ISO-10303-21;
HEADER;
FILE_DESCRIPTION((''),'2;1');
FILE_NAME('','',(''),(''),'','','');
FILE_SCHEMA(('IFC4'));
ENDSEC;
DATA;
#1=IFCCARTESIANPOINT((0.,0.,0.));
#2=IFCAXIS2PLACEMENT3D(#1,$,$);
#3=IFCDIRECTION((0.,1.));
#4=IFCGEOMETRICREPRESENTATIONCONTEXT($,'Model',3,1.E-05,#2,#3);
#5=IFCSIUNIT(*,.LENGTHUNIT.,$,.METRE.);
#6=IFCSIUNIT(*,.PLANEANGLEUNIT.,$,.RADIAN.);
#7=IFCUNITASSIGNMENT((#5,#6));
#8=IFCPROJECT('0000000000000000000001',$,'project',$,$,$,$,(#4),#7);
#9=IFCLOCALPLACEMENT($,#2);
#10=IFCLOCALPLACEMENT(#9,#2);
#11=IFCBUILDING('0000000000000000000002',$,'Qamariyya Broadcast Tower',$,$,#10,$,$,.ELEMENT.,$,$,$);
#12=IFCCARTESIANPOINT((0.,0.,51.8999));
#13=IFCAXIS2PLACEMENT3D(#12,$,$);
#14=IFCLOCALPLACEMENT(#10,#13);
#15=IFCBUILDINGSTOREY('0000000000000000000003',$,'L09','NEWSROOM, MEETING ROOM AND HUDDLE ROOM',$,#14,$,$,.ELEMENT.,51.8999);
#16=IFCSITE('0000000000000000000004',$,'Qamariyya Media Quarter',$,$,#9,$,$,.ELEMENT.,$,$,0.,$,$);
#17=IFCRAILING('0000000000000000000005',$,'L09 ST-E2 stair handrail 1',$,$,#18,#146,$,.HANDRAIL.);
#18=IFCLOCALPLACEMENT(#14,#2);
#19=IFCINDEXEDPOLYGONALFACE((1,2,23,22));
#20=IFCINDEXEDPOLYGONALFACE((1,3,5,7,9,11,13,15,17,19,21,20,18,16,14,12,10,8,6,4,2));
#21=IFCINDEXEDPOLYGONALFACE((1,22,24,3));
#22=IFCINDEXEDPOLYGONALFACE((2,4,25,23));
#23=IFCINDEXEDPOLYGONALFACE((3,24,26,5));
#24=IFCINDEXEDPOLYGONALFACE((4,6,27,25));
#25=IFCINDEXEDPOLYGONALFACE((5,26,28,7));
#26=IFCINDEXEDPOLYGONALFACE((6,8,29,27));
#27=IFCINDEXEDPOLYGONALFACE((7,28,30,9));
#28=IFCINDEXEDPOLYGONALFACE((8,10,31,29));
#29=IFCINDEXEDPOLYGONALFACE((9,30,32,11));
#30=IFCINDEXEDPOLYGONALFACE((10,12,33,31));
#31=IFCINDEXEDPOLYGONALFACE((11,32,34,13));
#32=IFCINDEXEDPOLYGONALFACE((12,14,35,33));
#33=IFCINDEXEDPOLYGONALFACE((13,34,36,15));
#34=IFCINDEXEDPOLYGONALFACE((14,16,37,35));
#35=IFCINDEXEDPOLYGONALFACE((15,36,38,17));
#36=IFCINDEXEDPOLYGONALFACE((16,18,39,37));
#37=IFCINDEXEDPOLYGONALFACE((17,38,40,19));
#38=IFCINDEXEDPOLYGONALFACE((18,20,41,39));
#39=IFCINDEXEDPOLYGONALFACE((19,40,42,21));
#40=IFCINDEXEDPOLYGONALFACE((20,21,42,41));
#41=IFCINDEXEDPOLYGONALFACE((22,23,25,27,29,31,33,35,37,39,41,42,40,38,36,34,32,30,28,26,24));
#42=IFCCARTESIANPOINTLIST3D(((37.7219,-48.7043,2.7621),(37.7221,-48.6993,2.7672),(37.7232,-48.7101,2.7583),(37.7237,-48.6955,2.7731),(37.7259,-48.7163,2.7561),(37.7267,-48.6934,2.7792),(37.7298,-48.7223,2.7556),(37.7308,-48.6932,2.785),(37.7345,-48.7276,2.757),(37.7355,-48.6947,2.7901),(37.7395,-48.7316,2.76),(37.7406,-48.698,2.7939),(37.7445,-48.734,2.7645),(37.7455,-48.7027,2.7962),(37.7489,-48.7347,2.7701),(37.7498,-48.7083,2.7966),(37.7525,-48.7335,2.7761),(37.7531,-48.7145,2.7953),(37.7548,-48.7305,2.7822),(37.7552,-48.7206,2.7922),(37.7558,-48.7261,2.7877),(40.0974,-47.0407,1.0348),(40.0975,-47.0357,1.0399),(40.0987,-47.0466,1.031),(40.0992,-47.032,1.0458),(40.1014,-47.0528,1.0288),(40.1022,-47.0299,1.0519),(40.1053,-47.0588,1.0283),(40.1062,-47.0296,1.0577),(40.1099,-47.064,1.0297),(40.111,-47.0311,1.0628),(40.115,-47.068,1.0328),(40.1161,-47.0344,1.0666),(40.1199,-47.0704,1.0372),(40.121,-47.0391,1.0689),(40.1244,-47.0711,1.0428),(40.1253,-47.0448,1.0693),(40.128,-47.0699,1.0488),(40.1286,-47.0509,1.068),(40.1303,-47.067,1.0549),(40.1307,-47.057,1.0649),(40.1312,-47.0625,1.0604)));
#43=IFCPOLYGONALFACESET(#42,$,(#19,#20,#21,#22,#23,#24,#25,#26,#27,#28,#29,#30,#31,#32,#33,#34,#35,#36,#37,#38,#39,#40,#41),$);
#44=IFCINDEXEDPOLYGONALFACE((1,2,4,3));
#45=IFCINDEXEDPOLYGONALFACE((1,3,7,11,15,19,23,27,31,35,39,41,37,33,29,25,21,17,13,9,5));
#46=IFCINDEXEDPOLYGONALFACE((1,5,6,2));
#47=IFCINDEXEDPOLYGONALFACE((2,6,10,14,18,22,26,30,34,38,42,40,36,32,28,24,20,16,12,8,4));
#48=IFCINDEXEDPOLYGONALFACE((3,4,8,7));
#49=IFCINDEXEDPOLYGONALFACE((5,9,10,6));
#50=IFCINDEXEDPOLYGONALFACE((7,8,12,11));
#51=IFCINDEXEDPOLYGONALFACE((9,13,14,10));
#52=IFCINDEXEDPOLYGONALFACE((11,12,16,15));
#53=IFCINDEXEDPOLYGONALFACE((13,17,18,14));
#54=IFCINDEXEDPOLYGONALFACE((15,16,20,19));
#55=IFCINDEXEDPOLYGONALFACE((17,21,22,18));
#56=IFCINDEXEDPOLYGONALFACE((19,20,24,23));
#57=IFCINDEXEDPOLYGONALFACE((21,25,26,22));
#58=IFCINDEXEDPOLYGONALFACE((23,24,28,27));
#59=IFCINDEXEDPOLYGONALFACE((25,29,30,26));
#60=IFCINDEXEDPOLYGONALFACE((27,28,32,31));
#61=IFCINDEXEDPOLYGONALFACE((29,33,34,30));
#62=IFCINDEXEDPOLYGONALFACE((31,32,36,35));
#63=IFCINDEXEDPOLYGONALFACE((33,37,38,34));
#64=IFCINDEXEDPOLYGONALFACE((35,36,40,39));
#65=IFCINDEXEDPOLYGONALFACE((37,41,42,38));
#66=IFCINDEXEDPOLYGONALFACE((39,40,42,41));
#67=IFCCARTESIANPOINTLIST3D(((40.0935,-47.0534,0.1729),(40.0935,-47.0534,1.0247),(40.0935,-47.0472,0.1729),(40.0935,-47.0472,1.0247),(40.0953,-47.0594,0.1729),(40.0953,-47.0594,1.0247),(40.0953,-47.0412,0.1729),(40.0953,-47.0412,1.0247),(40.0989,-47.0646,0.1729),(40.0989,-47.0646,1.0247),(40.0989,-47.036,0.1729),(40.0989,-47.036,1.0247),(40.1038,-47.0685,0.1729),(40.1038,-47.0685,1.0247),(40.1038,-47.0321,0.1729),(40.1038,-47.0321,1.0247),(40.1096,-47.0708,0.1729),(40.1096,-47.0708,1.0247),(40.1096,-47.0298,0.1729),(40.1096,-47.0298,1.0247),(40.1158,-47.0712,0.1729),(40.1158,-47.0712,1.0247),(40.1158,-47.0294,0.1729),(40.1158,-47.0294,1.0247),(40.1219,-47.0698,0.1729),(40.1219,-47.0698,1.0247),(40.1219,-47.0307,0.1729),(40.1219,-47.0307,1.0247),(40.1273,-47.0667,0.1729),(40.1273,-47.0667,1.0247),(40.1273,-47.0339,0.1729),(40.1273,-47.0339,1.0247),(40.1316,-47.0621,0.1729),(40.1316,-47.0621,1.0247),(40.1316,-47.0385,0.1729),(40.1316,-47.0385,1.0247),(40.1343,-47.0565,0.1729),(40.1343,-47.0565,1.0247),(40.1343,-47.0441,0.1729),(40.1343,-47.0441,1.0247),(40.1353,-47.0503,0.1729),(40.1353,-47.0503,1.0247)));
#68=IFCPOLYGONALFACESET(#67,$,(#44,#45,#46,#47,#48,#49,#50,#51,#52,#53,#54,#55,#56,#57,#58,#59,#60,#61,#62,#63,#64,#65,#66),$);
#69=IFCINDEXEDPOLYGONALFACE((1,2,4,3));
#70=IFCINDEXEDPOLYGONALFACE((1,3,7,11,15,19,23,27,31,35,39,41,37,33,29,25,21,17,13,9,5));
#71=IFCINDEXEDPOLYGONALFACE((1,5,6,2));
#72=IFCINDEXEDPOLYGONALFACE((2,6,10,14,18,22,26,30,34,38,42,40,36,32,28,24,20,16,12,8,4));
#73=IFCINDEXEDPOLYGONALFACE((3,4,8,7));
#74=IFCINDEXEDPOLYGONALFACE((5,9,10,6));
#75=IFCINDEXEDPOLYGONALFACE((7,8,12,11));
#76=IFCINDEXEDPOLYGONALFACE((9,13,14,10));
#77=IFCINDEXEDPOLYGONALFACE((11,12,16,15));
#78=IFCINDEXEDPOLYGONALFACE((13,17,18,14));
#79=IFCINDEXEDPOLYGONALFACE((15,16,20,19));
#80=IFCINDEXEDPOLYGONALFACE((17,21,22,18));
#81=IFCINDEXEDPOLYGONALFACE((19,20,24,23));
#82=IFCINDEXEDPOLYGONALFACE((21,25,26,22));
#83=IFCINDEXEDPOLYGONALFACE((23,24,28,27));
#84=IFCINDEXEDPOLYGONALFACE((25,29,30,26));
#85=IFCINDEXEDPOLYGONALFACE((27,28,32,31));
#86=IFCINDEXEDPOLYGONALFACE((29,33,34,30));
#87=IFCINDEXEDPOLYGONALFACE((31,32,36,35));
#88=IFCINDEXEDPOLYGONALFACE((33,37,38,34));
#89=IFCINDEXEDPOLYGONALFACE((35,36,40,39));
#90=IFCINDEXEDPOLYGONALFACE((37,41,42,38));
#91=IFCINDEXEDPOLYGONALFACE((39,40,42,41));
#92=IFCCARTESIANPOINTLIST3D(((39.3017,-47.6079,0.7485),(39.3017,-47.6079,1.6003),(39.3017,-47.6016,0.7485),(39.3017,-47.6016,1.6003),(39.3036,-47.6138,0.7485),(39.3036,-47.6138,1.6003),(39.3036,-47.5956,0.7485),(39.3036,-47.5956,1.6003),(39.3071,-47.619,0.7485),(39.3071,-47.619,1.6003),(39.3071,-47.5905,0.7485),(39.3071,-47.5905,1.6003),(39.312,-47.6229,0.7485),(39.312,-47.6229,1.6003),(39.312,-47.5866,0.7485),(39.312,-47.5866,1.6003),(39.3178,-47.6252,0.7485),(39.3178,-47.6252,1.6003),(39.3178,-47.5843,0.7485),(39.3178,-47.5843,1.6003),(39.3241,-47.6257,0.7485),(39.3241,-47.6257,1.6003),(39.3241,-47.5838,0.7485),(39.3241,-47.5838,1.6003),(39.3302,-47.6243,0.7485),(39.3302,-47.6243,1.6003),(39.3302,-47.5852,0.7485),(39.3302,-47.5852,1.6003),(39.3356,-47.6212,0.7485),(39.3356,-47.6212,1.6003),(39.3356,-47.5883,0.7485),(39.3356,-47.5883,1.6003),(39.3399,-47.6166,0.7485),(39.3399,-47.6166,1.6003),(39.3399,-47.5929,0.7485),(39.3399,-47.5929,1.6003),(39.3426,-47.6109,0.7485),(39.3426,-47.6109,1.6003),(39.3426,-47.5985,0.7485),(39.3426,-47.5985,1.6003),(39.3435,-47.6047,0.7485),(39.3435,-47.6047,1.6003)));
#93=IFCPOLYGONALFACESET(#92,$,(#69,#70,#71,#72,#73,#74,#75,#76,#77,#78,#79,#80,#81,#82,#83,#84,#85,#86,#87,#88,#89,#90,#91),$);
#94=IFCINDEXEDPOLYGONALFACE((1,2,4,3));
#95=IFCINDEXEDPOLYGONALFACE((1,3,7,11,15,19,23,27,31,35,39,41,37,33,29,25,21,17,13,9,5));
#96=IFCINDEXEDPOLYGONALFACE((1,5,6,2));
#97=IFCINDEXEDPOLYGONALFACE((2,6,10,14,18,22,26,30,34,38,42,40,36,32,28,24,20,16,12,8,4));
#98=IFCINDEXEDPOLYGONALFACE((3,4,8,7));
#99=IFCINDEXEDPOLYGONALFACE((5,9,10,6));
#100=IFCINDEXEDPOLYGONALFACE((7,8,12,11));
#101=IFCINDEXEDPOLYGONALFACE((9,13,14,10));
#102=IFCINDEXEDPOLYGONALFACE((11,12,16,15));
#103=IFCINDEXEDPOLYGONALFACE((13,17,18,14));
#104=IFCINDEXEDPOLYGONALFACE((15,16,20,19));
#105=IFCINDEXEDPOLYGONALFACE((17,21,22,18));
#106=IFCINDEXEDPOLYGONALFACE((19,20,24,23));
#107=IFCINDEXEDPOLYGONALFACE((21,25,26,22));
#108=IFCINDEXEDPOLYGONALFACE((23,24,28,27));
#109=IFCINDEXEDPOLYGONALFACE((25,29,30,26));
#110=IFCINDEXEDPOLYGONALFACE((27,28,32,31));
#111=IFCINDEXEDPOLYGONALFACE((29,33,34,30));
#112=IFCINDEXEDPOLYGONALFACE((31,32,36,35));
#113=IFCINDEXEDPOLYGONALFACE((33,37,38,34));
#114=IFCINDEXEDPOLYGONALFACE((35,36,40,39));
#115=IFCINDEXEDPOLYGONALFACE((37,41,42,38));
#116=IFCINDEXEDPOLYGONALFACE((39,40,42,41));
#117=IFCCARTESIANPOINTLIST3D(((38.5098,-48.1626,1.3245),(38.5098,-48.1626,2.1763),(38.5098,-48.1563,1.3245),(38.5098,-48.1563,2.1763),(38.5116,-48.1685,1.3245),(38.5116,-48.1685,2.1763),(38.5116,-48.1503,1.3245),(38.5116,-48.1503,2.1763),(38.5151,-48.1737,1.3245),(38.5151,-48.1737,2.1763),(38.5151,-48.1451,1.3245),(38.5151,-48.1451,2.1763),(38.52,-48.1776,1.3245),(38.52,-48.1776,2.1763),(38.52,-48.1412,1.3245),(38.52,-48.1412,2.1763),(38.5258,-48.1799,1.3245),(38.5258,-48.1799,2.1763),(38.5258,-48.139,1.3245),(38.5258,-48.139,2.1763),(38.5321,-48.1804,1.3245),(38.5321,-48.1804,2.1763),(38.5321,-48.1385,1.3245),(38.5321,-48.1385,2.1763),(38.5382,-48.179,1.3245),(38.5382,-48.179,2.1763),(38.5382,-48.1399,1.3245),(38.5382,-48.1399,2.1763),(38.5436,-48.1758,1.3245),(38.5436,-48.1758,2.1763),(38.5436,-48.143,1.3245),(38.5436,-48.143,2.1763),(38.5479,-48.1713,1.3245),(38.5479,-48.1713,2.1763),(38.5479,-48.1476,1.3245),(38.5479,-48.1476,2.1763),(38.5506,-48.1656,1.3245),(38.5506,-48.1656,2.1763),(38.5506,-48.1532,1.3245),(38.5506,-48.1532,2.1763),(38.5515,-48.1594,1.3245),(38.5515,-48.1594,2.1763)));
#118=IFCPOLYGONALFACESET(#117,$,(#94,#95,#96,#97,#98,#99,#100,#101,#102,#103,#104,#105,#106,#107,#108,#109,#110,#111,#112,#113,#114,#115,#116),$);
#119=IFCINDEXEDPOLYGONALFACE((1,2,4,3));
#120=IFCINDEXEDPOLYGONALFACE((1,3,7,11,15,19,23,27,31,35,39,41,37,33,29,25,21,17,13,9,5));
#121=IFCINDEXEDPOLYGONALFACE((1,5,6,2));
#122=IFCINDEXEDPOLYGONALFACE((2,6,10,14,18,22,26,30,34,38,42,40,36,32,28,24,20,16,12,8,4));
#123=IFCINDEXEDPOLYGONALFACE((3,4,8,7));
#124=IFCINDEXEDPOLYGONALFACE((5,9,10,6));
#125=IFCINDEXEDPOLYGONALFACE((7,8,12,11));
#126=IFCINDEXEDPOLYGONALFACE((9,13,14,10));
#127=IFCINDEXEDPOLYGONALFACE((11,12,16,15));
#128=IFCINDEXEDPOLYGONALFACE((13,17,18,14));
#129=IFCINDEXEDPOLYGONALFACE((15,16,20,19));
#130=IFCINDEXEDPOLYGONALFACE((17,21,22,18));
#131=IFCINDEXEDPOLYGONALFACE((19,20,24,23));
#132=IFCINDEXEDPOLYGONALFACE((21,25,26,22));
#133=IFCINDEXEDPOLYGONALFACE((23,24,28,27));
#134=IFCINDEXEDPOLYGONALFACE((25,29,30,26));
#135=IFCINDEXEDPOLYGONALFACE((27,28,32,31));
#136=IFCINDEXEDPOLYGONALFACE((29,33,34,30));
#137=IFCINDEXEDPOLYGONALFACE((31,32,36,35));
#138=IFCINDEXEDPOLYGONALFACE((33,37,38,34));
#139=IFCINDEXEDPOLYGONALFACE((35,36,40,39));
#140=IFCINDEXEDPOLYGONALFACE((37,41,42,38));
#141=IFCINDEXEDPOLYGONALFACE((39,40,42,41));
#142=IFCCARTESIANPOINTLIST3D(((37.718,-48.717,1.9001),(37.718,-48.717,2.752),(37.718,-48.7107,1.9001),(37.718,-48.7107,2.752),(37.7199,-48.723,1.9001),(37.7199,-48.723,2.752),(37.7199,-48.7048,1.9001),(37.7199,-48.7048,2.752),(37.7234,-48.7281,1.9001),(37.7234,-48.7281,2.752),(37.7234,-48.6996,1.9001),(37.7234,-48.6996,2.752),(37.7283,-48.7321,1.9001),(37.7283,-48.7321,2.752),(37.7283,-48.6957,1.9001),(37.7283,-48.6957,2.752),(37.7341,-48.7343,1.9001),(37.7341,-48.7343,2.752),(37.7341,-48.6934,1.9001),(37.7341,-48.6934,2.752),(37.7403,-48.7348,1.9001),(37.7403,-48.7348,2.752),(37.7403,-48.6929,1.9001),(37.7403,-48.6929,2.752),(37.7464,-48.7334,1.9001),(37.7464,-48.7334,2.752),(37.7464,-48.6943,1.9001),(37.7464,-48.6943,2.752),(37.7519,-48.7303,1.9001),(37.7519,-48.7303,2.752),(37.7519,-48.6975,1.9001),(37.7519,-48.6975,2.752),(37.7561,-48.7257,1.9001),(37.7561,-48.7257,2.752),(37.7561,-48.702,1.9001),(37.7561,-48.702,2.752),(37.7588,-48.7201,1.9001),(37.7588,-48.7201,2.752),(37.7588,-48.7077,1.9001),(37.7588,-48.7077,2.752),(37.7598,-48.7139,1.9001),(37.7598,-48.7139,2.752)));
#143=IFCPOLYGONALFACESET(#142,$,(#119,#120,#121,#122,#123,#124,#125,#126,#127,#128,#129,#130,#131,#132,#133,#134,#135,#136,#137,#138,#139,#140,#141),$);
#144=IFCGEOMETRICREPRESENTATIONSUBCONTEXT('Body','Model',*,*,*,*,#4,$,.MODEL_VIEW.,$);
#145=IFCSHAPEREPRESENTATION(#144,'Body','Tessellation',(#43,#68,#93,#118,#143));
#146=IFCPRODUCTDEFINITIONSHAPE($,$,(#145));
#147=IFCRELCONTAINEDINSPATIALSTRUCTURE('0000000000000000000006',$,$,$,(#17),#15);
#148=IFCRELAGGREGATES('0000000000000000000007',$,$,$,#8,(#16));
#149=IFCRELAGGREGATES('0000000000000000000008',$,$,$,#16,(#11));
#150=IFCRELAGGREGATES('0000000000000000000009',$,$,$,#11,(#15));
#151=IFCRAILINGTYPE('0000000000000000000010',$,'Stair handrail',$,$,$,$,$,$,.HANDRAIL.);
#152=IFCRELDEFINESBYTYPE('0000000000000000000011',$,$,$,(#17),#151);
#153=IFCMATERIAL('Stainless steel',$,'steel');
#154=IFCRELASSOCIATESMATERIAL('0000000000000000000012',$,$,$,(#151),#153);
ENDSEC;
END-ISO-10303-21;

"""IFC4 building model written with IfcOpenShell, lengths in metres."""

from ifc_helpers import new_model, si_unit, direction, frame, origin, origin_2d, place, context, subcontext, project, spatial, circle, extrude, material, type_object, element, save


model = new_model("IFC4")

# Units and contexts
model_context = context("Model", 3, precision=1e-05, world=origin(), true_north=direction((0.0, 1.0)))
body_context = subcontext(model_context, "Body", "Model", "MODEL_VIEW")
ifc_project = project(units=[si_unit("LENGTHUNIT", "METRE"), si_unit("PLANEANGLEUNIT", "RADIAN")], contexts=[model_context])

# Site, building, storey
site_placement = place(None, origin())
site = spatial("IfcSite", under=ifc_project, at=site_placement, Name="Qamariyya Media Quarter", CompositionType="ELEMENT", RefElevation=0.0)
building_placement = place(site_placement, origin())
building = spatial("IfcBuilding", under=site, at=building_placement, Name="Qamariyya Broadcast Tower", CompositionType="ELEMENT")
storey_placement = place(building_placement, frame((0.0, 0.0, 51.8999)))
storey = spatial("IfcBuildingStorey", under=building, at=storey_placement, Name="L09", Description="NEWSROOM, MEETING ROOM AND HUDDLE ROOM", CompositionType="ELEMENT", Elevation=51.8999)

# Railing
ifc_material_1 = material(Name="Stainless steel", Category="steel")
railing_type_1 = type_object("IfcRailingType", Name="Stair handrail", PredefinedType="HANDRAIL", material=ifc_material_1)
railing_1_placement = place(storey_placement, frame((40.1143, -47.0503, 0.1729)))
element("IfcRailing", 1, at=railing_1_placement, inside=storey, type_object=railing_type_1, Name="L09 ST-E2 stair handrail 1", PredefinedType="HANDRAIL", context=body_context, shape_type="SweptSolid", body=[
    extrude(circle(Radius=0.0239, at=origin_2d()), frame((0.0, 0.0, 0.876), z_axis=(-0.703745, -0.492838, 0.511716), x_axis=(0.573632, -0.819113, 0.0)), (0.0, 0.0, 1.0), 3.3755),
    extrude(circle(Radius=0.021, at=origin_2d()), origin(), (0.0, 0.0, 1.0), 0.8518),
    extrude(circle(Radius=0.021, at=origin_2d()), frame((-0.7917, -0.5544, 0.5757)), (0.0, 0.0, 1.0), 0.8518),
    extrude(circle(Radius=0.021, at=origin_2d()), frame((-1.5837, -1.1091, 1.1516)), (0.0, 0.0, 1.0), 0.8518),
    extrude(circle(Radius=0.021, at=origin_2d()), frame((-2.3755, -1.6636, 1.7273)), (0.0, 0.0, 1.0), 0.8518),
])

save(model, "model.ifc")
